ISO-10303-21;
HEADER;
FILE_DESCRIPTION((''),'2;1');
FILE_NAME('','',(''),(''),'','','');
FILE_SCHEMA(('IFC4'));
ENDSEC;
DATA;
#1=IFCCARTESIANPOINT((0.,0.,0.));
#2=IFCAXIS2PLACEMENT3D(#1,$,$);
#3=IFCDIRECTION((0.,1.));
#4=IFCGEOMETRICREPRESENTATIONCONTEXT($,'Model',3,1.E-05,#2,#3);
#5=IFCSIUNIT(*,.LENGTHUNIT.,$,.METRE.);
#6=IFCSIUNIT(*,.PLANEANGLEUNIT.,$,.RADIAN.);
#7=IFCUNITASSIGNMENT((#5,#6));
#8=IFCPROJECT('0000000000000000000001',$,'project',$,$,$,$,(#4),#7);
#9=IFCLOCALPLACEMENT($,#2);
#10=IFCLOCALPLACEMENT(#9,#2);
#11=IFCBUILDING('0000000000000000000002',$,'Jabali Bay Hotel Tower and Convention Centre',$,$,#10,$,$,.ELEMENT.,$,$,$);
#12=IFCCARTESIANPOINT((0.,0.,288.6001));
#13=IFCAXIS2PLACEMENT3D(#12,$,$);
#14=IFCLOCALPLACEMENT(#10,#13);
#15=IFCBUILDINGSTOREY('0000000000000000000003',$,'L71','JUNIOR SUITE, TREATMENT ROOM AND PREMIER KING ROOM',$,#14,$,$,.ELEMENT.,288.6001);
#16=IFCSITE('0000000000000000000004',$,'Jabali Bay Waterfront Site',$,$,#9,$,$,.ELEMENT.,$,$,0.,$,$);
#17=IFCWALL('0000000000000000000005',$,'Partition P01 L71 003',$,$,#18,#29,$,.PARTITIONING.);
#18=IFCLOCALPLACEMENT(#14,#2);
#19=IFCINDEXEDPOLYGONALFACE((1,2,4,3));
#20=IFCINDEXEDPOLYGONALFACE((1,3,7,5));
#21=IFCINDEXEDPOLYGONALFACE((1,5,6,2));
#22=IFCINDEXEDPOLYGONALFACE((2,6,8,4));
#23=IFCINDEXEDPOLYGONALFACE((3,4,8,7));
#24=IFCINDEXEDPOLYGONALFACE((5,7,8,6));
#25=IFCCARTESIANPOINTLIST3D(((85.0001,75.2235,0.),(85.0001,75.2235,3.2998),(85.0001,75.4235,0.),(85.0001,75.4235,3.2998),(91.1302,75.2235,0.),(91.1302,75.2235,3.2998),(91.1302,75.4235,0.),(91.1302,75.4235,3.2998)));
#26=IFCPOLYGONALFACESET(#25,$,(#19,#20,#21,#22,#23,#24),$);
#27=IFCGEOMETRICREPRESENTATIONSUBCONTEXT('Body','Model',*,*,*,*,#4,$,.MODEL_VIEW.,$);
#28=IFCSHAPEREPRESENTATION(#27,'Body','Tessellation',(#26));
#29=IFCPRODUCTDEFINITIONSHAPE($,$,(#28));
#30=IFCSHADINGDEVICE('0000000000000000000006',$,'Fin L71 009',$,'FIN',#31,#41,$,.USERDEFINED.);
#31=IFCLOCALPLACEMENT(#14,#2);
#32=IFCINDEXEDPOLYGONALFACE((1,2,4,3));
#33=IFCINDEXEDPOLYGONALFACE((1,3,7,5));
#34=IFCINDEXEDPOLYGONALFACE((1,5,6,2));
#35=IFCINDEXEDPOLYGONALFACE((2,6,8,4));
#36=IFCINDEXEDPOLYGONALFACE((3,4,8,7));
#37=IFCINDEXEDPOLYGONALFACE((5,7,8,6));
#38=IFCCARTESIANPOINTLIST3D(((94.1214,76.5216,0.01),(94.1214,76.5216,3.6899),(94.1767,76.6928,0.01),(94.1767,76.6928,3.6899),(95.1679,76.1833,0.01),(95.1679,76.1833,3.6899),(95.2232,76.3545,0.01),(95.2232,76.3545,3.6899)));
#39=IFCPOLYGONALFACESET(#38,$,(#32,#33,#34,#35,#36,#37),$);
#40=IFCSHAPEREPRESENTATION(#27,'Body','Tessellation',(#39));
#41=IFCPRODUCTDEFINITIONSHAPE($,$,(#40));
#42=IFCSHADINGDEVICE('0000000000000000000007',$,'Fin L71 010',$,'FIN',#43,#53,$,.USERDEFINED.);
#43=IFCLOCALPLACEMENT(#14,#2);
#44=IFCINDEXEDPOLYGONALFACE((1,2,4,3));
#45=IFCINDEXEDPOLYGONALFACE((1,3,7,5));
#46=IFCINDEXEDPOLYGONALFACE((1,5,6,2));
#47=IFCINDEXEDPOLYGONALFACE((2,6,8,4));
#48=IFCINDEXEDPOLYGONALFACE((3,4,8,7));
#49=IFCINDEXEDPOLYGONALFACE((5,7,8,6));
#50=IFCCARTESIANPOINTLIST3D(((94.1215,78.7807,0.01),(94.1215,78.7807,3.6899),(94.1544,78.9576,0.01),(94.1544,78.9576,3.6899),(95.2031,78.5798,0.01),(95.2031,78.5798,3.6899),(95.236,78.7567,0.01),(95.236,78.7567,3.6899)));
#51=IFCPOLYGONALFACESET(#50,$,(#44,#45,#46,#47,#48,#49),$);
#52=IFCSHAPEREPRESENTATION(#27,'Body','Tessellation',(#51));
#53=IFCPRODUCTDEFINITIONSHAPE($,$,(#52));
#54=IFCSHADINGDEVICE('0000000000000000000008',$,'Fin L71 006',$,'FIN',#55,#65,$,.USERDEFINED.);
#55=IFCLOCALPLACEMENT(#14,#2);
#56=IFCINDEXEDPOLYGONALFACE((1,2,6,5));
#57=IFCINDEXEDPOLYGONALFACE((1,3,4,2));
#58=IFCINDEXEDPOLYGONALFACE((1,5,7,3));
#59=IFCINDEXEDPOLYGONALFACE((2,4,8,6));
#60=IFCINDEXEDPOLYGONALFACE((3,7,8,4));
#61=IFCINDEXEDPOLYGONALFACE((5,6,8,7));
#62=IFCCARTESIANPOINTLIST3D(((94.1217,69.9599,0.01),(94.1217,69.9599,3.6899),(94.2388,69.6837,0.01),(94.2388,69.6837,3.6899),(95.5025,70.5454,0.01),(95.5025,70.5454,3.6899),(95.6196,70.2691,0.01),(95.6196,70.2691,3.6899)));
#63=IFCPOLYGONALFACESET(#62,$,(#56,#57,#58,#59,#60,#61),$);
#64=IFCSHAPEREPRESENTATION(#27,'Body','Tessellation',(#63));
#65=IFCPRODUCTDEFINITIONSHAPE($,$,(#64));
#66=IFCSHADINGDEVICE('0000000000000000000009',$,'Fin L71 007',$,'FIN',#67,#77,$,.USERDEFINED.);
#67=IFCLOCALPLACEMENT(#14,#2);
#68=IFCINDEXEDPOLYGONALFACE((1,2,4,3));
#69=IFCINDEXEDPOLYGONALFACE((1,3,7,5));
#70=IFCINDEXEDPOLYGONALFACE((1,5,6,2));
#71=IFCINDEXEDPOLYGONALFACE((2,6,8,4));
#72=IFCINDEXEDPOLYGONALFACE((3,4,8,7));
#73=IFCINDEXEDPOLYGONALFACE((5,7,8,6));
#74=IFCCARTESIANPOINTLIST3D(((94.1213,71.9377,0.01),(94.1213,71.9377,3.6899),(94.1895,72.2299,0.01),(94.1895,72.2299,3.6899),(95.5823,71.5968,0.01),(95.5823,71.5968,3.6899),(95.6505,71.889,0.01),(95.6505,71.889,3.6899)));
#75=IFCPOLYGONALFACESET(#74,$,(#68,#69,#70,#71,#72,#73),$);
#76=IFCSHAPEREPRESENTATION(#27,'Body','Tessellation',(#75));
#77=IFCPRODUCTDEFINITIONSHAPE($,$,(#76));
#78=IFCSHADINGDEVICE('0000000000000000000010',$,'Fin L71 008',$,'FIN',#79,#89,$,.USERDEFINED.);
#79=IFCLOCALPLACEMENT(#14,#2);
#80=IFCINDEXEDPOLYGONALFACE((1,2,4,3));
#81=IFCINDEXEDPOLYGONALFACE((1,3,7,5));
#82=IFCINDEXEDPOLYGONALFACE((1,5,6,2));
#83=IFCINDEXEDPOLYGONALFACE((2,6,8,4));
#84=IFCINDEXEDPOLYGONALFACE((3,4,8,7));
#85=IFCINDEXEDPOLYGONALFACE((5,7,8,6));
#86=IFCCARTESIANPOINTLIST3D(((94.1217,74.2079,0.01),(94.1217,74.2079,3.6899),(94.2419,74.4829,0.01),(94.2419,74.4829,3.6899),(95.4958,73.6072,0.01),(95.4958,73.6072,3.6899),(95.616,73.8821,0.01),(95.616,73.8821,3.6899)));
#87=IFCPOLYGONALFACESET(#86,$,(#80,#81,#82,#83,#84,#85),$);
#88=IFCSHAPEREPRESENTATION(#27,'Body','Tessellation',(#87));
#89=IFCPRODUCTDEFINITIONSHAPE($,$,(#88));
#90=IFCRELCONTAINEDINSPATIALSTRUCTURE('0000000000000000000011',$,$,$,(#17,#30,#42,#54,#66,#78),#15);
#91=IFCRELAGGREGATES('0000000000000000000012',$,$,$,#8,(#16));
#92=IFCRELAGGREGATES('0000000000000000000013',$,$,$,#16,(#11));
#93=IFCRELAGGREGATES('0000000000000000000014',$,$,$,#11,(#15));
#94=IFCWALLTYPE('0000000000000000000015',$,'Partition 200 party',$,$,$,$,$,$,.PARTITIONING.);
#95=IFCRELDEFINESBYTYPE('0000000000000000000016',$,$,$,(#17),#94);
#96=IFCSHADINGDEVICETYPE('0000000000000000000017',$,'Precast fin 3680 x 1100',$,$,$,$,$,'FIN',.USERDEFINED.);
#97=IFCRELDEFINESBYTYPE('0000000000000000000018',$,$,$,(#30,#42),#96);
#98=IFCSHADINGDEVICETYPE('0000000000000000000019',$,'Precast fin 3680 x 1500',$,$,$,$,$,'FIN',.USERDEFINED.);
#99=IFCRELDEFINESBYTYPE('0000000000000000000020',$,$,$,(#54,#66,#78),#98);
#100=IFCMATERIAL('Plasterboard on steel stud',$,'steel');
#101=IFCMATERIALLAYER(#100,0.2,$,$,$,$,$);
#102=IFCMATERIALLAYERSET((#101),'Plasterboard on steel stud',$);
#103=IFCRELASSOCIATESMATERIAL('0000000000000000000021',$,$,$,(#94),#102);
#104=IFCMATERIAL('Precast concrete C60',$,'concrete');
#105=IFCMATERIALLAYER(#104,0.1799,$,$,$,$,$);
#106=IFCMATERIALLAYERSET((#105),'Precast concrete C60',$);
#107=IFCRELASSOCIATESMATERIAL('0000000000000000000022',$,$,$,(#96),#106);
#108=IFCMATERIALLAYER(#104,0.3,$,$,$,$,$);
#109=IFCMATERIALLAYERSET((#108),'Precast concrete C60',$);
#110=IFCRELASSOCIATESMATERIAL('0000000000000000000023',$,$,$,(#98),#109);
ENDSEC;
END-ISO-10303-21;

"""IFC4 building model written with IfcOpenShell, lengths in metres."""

from ifc_helpers import new_model, si_unit, direction, frame, frame_2d, origin, place, context, subcontext, project, spatial, rectangle, extrude, material, layer, layer_set, type_object, element, save


model = new_model("IFC4")

# Units and contexts
model_context = context("Model", 3, precision=1e-05, world=origin(), true_north=direction((0.0, 1.0)))
body_context = subcontext(model_context, "Body", "Model", "MODEL_VIEW")
ifc_project = project(units=[si_unit("LENGTHUNIT", "METRE"), si_unit("PLANEANGLEUNIT", "RADIAN")], contexts=[model_context])

# Site, building, storey
site_placement = place(None, origin())
site = spatial("IfcSite", under=ifc_project, at=site_placement, Name="Jabali Bay Waterfront Site", CompositionType="ELEMENT", RefElevation=0.0)
building_placement = place(site_placement, origin())
building = spatial("IfcBuilding", under=site, at=building_placement, Name="Jabali Bay Hotel Tower and Convention Centre", CompositionType="ELEMENT")
storey_placement = place(building_placement, frame((0.0, 0.0, 288.6001)))
storey = spatial("IfcBuildingStorey", under=building, at=storey_placement, Name="L71", Description="JUNIOR SUITE, TREATMENT ROOM AND PREMIER KING ROOM", CompositionType="ELEMENT", Elevation=288.6001)

# Shared definitions
ifc_material_1 = material(Name="Plasterboard on steel stud", Category="steel")

# Wall
ifc_layer_1 = layer(ifc_material_1, 0.2)
ifc_layer_set_1 = layer_set([ifc_layer_1], Name="Plasterboard on steel stud")
wall_type_1 = type_object("IfcWallType", Name="Partition 200 party", PredefinedType="PARTITIONING", material=ifc_layer_set_1)
wall_1_placement = place(storey_placement, frame((91.1301, 75.3235, 0.0), z_axis=(0.0, 0.0, 1.0), x_axis=(-1.0, 0.0, 0.0)))
element("IfcWall", 1, at=wall_1_placement, inside=storey, type_object=wall_type_1, Name="Partition P01 L71 003", PredefinedType="PARTITIONING", context=body_context, shape_type="SweptSolid", body=[
    extrude(rectangle(XDim=6.1301, YDim=0.2, at=frame_2d((3.0649, 0.0))), origin(), (0.0, 0.0, 1.0), 3.2998),
])

# Shading devices
ifc_material_2 = material(Name="Precast concrete C60", Category="concrete")
ifc_layer_2 = layer(ifc_material_2, 0.1799)
ifc_layer_set_2 = layer_set([ifc_layer_2], Name="Precast concrete C60")
shading_device_type_1 = type_object("IfcShadingDeviceType", Name="Precast fin 3680 x 1100", ElementType="FIN", PredefinedType="USERDEFINED", material=ifc_layer_set_2)
shading_device_1_placement = place(storey_placement, frame((94.1492, 76.6072, 0.01), z_axis=(0.0, 0.0, 1.0), x_axis=(0.951508, -0.307625, 0.0)))
element("IfcShadingDevice", 2, at=shading_device_1_placement, inside=storey, type_object=shading_device_type_1, Name="Fin L71 009", ObjectType="FIN", PredefinedType="USERDEFINED", context=body_context, shape_type="SweptSolid", body=[
    extrude(rectangle(XDim=1.0999, YDim=0.1799, at=frame_2d((0.5498, 0.0))), origin(), (0.0, 0.0, 1.0), 3.6799),
])
shading_device_2_placement = place(storey_placement, frame((94.1379, 78.8691, 0.01), z_axis=(0.0, 0.0, 1.0), x_axis=(0.983177, -0.182653, 0.0)))
element("IfcShadingDevice", 3, at=shading_device_2_placement, inside=storey, type_object=shading_device_type_1, Name="Fin L71 010", ObjectType="FIN", PredefinedType="USERDEFINED", context=body_context, shape_type="SweptSolid", body=[
    extrude(rectangle(XDim=1.1001, YDim=0.1799, at=frame_2d((0.55, 0.0))), origin(), (0.0, 0.0, 1.0), 3.6799),
])
ifc_layer_3 = layer(ifc_material_2, 0.3)
ifc_layer_set_3 = layer_set([ifc_layer_3], Name="Precast concrete C60")
shading_device_type_2 = type_object("IfcShadingDeviceType", Name="Precast fin 3680 x 1500", ElementType="FIN", PredefinedType="USERDEFINED", material=ifc_layer_set_3)
shading_device_3_placement = place(storey_placement, frame((94.1802, 69.8218, 0.01), z_axis=(0.0, 0.0, 1.0), x_axis=(0.92067, 0.390341, 0.0)))
element("IfcShadingDevice", 4, at=shading_device_3_placement, inside=storey, type_object=shading_device_type_2, Name="Fin L71 006", ObjectType="FIN", PredefinedType="USERDEFINED", context=body_context, shape_type="SweptSolid", body=[
    extrude(rectangle(XDim=1.4998, YDim=0.3, at=frame_2d((0.75, 0.0))), origin(), (0.0, 0.0, 1.0), 3.6799),
])
shading_device_4_placement = place(storey_placement, frame((94.1555, 72.0837, 0.01), z_axis=(0.0, 0.0, 1.0), x_axis=(0.973851, -0.227188, 0.0)))
element("IfcShadingDevice", 5, at=shading_device_4_placement, inside=storey, type_object=shading_device_type_2, Name="Fin L71 007", ObjectType="FIN", PredefinedType="USERDEFINED", context=body_context, shape_type="SweptSolid", body=[
    extrude(rectangle(XDim=1.5002, YDim=0.3, at=frame_2d((0.75, 0.0))), origin(), (0.0, 0.0, 1.0), 3.6799),
])
shading_device_5_placement = place(storey_placement, frame((94.1816, 74.3455, 0.01), z_axis=(0.0, 0.0, 1.0), x_axis=(0.916258, -0.400588, 0.0)))
element("IfcShadingDevice", 6, at=shading_device_5_placement, inside=storey, type_object=shading_device_type_2, Name="Fin L71 008", ObjectType="FIN", PredefinedType="USERDEFINED", context=body_context, shape_type="SweptSolid", body=[
    extrude(rectangle(XDim=1.4998, YDim=0.3, at=frame_2d((0.75, 0.0))), origin(), (0.0, 0.0, 1.0), 3.6799),
])

save(model, "model.ifc")
